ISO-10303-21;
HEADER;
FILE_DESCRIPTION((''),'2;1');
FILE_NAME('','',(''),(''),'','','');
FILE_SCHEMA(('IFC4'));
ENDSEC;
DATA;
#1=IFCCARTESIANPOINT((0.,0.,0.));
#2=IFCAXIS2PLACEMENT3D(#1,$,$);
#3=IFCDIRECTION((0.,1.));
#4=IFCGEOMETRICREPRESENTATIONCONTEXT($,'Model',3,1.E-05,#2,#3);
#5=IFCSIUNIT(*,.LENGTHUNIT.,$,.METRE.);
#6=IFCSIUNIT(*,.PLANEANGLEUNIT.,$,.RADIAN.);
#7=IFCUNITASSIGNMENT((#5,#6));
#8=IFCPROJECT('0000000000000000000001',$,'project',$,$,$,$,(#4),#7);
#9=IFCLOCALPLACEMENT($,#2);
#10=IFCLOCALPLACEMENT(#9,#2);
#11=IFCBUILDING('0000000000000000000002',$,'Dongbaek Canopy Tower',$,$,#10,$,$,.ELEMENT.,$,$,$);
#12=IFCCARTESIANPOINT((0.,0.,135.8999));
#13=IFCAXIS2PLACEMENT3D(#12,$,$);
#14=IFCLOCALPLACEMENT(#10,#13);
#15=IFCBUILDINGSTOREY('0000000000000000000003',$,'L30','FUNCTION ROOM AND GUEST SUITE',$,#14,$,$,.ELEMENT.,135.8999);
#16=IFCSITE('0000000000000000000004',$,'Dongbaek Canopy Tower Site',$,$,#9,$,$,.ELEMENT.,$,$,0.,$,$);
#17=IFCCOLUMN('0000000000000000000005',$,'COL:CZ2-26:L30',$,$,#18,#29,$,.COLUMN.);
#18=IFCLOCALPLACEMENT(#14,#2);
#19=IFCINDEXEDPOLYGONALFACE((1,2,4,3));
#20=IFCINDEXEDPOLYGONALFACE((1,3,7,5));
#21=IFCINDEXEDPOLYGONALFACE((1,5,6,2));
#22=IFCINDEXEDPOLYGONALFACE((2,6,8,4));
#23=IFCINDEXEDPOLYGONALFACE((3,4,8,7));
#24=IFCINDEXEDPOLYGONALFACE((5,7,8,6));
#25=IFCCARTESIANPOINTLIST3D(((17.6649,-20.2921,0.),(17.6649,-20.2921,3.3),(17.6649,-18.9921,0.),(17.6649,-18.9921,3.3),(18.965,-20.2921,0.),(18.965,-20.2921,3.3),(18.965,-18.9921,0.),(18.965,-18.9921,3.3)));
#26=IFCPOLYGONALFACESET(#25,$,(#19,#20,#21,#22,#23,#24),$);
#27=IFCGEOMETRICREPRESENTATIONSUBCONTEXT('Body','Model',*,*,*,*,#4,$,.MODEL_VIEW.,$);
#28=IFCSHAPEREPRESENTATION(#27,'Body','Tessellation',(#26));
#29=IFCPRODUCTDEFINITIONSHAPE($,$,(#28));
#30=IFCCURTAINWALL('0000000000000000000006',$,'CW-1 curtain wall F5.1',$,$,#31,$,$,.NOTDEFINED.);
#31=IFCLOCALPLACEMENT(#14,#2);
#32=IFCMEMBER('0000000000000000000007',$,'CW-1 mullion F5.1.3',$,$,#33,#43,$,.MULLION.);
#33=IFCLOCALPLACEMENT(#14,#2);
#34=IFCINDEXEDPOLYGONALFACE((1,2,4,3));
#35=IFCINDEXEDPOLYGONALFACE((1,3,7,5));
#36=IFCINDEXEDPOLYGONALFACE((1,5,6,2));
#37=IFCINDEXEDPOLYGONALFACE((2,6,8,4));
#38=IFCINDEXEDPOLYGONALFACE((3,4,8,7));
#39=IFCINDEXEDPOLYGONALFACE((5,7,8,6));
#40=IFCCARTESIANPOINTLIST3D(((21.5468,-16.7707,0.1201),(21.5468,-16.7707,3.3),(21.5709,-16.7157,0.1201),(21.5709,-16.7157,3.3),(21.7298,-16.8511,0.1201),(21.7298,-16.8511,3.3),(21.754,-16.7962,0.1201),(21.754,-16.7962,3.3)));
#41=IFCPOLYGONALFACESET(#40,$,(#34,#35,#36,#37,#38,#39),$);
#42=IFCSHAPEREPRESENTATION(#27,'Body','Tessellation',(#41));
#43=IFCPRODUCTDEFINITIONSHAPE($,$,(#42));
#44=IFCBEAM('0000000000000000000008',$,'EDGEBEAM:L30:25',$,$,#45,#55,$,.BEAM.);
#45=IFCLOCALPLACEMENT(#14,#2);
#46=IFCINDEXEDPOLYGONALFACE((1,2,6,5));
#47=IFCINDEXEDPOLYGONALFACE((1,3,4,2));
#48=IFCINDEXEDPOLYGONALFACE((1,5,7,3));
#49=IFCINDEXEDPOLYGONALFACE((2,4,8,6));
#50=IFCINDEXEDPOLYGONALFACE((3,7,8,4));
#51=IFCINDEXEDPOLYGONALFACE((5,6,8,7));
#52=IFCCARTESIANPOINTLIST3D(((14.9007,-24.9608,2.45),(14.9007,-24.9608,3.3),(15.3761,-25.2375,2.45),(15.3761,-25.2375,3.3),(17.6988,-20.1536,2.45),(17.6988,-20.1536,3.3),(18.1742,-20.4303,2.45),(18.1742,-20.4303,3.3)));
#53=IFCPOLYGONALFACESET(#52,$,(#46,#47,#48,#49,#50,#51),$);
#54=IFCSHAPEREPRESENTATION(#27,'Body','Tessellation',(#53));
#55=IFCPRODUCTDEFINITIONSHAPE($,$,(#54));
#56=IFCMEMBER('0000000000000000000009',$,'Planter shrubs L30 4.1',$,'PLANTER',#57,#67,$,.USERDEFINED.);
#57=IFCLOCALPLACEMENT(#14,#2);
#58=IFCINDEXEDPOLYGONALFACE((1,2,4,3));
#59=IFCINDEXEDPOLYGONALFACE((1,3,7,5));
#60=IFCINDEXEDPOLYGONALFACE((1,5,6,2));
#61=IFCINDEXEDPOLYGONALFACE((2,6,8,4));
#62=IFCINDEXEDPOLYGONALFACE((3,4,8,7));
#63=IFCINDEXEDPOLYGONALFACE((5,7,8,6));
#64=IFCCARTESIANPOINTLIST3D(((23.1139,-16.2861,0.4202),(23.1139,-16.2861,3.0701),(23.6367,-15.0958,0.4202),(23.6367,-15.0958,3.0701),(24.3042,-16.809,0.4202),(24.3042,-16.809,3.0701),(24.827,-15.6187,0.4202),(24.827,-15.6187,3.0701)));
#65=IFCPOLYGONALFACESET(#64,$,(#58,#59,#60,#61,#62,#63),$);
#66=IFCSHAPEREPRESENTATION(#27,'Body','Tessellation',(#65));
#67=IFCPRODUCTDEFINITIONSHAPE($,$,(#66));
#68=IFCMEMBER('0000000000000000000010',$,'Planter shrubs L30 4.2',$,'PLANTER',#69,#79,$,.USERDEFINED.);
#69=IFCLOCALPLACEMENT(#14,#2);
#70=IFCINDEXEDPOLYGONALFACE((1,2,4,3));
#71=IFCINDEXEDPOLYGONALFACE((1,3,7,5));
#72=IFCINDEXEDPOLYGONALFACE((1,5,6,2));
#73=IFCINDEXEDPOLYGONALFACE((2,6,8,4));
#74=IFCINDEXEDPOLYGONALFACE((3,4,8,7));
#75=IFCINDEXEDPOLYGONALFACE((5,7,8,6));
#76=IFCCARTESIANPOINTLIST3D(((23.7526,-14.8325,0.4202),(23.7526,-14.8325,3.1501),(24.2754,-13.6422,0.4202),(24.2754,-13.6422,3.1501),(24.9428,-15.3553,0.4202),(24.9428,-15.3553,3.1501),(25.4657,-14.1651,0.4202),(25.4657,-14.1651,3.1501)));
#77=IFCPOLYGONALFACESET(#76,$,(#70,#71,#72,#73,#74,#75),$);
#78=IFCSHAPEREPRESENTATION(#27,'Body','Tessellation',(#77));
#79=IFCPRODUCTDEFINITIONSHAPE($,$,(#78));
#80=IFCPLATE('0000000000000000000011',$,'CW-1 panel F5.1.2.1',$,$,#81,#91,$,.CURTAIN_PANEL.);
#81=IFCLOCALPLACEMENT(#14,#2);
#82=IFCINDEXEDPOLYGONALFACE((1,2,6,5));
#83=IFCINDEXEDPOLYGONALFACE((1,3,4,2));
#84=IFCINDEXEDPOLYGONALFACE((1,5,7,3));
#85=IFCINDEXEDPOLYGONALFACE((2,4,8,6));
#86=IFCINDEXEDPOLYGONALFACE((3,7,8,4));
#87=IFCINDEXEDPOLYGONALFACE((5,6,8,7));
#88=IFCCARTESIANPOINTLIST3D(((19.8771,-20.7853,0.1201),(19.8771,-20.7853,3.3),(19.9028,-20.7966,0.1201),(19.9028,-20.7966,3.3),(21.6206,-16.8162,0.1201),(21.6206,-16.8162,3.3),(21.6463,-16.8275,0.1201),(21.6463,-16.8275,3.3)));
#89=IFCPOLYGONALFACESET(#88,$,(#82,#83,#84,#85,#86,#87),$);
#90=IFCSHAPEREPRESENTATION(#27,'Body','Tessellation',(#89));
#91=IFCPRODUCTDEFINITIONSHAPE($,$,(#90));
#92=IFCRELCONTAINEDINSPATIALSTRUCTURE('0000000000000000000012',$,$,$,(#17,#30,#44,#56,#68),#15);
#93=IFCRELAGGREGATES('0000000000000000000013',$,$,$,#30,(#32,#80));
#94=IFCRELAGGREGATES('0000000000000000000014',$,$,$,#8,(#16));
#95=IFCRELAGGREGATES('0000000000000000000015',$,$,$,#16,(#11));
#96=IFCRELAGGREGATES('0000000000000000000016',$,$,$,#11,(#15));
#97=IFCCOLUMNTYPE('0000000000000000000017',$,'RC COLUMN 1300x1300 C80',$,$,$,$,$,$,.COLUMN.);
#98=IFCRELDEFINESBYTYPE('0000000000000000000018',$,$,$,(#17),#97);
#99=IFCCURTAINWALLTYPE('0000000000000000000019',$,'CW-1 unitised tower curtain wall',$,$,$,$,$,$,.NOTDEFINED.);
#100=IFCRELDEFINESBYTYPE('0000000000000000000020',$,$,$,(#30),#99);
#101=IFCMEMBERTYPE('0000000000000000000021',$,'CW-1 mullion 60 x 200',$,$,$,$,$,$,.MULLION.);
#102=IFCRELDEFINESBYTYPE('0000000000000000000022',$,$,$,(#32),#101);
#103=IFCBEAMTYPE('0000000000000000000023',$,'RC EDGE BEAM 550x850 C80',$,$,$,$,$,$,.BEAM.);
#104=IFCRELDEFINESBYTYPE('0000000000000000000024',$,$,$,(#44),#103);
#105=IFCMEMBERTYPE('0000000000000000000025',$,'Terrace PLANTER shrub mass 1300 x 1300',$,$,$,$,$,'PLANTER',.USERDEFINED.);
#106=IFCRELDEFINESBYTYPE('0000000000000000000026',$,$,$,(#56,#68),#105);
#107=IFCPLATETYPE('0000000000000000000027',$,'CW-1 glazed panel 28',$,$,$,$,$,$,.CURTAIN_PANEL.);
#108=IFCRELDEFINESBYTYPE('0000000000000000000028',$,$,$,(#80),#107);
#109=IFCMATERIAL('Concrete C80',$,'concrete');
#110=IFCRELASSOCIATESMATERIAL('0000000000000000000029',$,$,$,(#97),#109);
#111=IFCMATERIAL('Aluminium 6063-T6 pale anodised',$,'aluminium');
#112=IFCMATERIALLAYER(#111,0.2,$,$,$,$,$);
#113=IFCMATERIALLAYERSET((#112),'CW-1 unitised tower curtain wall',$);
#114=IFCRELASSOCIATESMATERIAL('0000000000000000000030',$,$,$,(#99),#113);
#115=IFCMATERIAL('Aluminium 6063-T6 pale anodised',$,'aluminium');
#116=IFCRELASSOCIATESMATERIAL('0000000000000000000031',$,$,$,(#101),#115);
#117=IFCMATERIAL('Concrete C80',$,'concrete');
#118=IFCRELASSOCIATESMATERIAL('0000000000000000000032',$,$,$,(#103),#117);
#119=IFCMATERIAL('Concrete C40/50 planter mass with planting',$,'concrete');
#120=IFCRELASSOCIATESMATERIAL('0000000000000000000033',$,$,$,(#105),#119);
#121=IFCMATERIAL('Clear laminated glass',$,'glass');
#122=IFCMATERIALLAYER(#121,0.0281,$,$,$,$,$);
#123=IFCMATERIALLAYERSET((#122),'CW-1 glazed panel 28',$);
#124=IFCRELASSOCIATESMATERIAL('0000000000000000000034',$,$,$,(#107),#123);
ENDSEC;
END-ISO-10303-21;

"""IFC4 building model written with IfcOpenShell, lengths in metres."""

from ifc_helpers import new_model, si_unit, direction, frame, origin, origin_2d, place, context, subcontext, project, spatial, rectangle, extrude, material, layer, layer_set, material_profile, profile_set, type_object, element, aggregate, save


model = new_model("IFC4")

# Units and contexts
model_context = context("Model", 3, precision=1e-05, world=origin(), true_north=direction((0.0, 1.0)))
body_context = subcontext(model_context, "Body", "Model", "MODEL_VIEW")
ifc_project = project(units=[si_unit("LENGTHUNIT", "METRE"), si_unit("PLANEANGLEUNIT", "RADIAN")], contexts=[model_context])

# Site, building, storey
site_placement = place(None, origin())
site = spatial("IfcSite", under=ifc_project, at=site_placement, Name="Dongbaek Canopy Tower Site", CompositionType="ELEMENT", RefElevation=0.0)
building_placement = place(site_placement, origin())
building = spatial("IfcBuilding", under=site, at=building_placement, Name="Dongbaek Canopy Tower", CompositionType="ELEMENT")
storey_placement = place(building_placement, frame((0.0, 0.0, 135.8999)))
storey = spatial("IfcBuildingStorey", under=building, at=storey_placement, Name="L30", Description="FUNCTION ROOM AND GUEST SUITE", CompositionType="ELEMENT", Elevation=135.8999)

# Column
ifc_material_1 = material(Name="Concrete C80", Category="concrete")
ifc_material_profile_1 = material_profile(ifc_material_1, rectangle(XDim=1.3, YDim=1.3, at=origin_2d()), Name="RC COLUMN 1300x1300 C80")
ifc_profile_set_1 = profile_set([ifc_material_profile_1], Name="Concrete C80")
column_type = type_object("IfcColumnType", Name="RC COLUMN 1300x1300 C80", PredefinedType="COLUMN", material=ifc_profile_set_1)
column_placement = place(storey_placement, frame((18.3149, -19.6421, 0.0), z_axis=(0.0, 0.0, 1.0), x_axis=(1.0, 0.0, 0.0)))
element("IfcColumn", 1, at=column_placement, inside=storey, type_object=column_type, Name="COL:CZ2-26:L30", PredefinedType="COLUMN", context=body_context, shape_type="SweptSolid", body=[
    extrude(rectangle(XDim=1.3, YDim=1.3, at=origin_2d()), origin(), (0.0, 0.0, 1.0), 3.3),
])

# Curtain wall, member
ifc_material_2 = material(Name="Aluminium 6063-T6 pale anodised", Category="aluminium")
ifc_layer_1 = layer(ifc_material_2, 0.2)
ifc_layer_set_1 = layer_set([ifc_layer_1], Name="CW-1 unitised tower curtain wall")
curtain_wall_type = type_object("IfcCurtainWallType", Name="CW-1 unitised tower curtain wall", PredefinedType="NOTDEFINED", material=ifc_layer_set_1)
curtain_wall_placement = place(storey_placement, origin())
curtain_wall = element("IfcCurtainWall", 2, at=curtain_wall_placement, inside=storey, type_object=curtain_wall_type, Name="CW-1 curtain wall F5.1", PredefinedType="NOTDEFINED")
ifc_material_3 = material(Name="Aluminium 6063-T6 pale anodised", Category="aluminium")
ifc_material_profile_2 = material_profile(ifc_material_3, rectangle(XDim=0.2, YDim=0.0601, at=origin_2d()), Name="CW-1 mullion 60 x 200")
ifc_profile_set_2 = profile_set([ifc_material_profile_2], Name="Aluminium 6063-T6 pale anodised")
member_type_1 = type_object("IfcMemberType", Name="CW-1 mullion 60 x 200", PredefinedType="MULLION", material=ifc_profile_set_2)
member_1_placement = place(storey_placement, frame((21.6504, -16.7834, 0.1201), z_axis=(0.0, 0.0, 1.0), x_axis=(0.915562, -0.402176, 0.0)))
member_1 = element("IfcMember", 3, at=member_1_placement, type_object=member_type_1, Name="CW-1 mullion F5.1.3", PredefinedType="MULLION", context=body_context, shape_type="SweptSolid", body=[
    extrude(rectangle(XDim=0.2, YDim=0.0601, at=origin_2d()), origin(), (0.0, 0.0, 1.0), 3.1799),
])

# Beam
ifc_material_4 = material(Name="Concrete C80", Category="concrete")
ifc_material_profile_3 = material_profile(ifc_material_4, rectangle(XDim=0.55, YDim=0.8501, at=origin_2d()), Name="RC EDGE BEAM 550x850 C80")
ifc_profile_set_3 = profile_set([ifc_material_profile_3], Name="Concrete C80")
beam_type = type_object("IfcBeamType", Name="RC EDGE BEAM 550x850 C80", PredefinedType="BEAM", material=ifc_profile_set_3)
beam_placement = place(storey_placement, frame((17.9365, -20.292, 2.875), z_axis=(-0.503058, -0.864253, 0.0), x_axis=(0.864253, -0.503058, 0.0)))
element("IfcBeam", 4, at=beam_placement, inside=storey, type_object=beam_type, Name="EDGEBEAM:L30:25", PredefinedType="BEAM", context=body_context, shape_type="SweptSolid", body=[
    extrude(rectangle(XDim=0.55, YDim=0.8501, at=origin_2d()), origin(), (0.0, 0.0, 1.0), 5.5623),
])

# Members
ifc_material_5 = material(Name="Concrete C40/50 planter mass with planting", Category="concrete")
ifc_material_profile_4 = material_profile(ifc_material_5, rectangle(XDim=1.3, YDim=1.3, at=origin_2d()), Name="Terrace PLANTER shrub mass 1300 x 1300")
ifc_profile_set_4 = profile_set([ifc_material_profile_4], Name="Concrete C40/50 planter mass with planting")
member_type_2 = type_object("IfcMemberType", Name="Terrace PLANTER shrub mass 1300 x 1300", ElementType="PLANTER", PredefinedType="USERDEFINED", material=ifc_profile_set_4)
member_2_placement = place(storey_placement, frame((23.9705, -15.9524, 0.4202), z_axis=(0.0, 0.0, 1.0), x_axis=(0.915562, -0.402176, 0.0)))
element("IfcMember", 5, at=member_2_placement, inside=storey, type_object=member_type_2, Name="Planter shrubs L30 4.1", ObjectType="PLANTER", PredefinedType="USERDEFINED", context=body_context, shape_type="SweptSolid", body=[
    extrude(rectangle(XDim=1.3, YDim=1.3, at=origin_2d()), origin(), (0.0, 0.0, 1.0), 2.6499),
])
member_3_placement = place(storey_placement, frame((24.6091, -14.4988, 0.4202), z_axis=(0.0, 0.0, 1.0), x_axis=(0.915562, -0.402176, 0.0)))
element("IfcMember", 6, at=member_3_placement, inside=storey, type_object=member_type_2, Name="Planter shrubs L30 4.2", ObjectType="PLANTER", PredefinedType="USERDEFINED", context=body_context, shape_type="SweptSolid", body=[
    extrude(rectangle(XDim=1.3, YDim=1.3, at=origin_2d()), origin(), (0.0, 0.0, 1.0), 2.73),
])

# Plate
ifc_material_6 = material(Name="Clear laminated glass", Category="glass")
ifc_layer_2 = layer(ifc_material_6, 0.0281)
ifc_layer_set_2 = layer_set([ifc_layer_2], Name="CW-1 glazed panel 28")
plate_type = type_object("IfcPlateType", Name="CW-1 glazed panel 28", PredefinedType="CURTAIN_PANEL", material=ifc_layer_set_2)
plate_placement = place(storey_placement, frame((20.7617, -18.8064, 0.1201), z_axis=(0.0, 0.0, 1.0), x_axis=(0.402176, 0.915562, 0.0)))
plate = element("IfcPlate", 7, at=plate_placement, type_object=plate_type, Name="CW-1 panel F5.1.2.1", PredefinedType="CURTAIN_PANEL", context=body_context, shape_type="SweptSolid", body=[
    extrude(rectangle(XDim=4.3352, YDim=0.0281, at=origin_2d()), origin(), (0.0, 0.0, 1.0), 3.1799),
])
aggregate(curtain_wall, [member_1, plate])

save(model, "model.ifc")
